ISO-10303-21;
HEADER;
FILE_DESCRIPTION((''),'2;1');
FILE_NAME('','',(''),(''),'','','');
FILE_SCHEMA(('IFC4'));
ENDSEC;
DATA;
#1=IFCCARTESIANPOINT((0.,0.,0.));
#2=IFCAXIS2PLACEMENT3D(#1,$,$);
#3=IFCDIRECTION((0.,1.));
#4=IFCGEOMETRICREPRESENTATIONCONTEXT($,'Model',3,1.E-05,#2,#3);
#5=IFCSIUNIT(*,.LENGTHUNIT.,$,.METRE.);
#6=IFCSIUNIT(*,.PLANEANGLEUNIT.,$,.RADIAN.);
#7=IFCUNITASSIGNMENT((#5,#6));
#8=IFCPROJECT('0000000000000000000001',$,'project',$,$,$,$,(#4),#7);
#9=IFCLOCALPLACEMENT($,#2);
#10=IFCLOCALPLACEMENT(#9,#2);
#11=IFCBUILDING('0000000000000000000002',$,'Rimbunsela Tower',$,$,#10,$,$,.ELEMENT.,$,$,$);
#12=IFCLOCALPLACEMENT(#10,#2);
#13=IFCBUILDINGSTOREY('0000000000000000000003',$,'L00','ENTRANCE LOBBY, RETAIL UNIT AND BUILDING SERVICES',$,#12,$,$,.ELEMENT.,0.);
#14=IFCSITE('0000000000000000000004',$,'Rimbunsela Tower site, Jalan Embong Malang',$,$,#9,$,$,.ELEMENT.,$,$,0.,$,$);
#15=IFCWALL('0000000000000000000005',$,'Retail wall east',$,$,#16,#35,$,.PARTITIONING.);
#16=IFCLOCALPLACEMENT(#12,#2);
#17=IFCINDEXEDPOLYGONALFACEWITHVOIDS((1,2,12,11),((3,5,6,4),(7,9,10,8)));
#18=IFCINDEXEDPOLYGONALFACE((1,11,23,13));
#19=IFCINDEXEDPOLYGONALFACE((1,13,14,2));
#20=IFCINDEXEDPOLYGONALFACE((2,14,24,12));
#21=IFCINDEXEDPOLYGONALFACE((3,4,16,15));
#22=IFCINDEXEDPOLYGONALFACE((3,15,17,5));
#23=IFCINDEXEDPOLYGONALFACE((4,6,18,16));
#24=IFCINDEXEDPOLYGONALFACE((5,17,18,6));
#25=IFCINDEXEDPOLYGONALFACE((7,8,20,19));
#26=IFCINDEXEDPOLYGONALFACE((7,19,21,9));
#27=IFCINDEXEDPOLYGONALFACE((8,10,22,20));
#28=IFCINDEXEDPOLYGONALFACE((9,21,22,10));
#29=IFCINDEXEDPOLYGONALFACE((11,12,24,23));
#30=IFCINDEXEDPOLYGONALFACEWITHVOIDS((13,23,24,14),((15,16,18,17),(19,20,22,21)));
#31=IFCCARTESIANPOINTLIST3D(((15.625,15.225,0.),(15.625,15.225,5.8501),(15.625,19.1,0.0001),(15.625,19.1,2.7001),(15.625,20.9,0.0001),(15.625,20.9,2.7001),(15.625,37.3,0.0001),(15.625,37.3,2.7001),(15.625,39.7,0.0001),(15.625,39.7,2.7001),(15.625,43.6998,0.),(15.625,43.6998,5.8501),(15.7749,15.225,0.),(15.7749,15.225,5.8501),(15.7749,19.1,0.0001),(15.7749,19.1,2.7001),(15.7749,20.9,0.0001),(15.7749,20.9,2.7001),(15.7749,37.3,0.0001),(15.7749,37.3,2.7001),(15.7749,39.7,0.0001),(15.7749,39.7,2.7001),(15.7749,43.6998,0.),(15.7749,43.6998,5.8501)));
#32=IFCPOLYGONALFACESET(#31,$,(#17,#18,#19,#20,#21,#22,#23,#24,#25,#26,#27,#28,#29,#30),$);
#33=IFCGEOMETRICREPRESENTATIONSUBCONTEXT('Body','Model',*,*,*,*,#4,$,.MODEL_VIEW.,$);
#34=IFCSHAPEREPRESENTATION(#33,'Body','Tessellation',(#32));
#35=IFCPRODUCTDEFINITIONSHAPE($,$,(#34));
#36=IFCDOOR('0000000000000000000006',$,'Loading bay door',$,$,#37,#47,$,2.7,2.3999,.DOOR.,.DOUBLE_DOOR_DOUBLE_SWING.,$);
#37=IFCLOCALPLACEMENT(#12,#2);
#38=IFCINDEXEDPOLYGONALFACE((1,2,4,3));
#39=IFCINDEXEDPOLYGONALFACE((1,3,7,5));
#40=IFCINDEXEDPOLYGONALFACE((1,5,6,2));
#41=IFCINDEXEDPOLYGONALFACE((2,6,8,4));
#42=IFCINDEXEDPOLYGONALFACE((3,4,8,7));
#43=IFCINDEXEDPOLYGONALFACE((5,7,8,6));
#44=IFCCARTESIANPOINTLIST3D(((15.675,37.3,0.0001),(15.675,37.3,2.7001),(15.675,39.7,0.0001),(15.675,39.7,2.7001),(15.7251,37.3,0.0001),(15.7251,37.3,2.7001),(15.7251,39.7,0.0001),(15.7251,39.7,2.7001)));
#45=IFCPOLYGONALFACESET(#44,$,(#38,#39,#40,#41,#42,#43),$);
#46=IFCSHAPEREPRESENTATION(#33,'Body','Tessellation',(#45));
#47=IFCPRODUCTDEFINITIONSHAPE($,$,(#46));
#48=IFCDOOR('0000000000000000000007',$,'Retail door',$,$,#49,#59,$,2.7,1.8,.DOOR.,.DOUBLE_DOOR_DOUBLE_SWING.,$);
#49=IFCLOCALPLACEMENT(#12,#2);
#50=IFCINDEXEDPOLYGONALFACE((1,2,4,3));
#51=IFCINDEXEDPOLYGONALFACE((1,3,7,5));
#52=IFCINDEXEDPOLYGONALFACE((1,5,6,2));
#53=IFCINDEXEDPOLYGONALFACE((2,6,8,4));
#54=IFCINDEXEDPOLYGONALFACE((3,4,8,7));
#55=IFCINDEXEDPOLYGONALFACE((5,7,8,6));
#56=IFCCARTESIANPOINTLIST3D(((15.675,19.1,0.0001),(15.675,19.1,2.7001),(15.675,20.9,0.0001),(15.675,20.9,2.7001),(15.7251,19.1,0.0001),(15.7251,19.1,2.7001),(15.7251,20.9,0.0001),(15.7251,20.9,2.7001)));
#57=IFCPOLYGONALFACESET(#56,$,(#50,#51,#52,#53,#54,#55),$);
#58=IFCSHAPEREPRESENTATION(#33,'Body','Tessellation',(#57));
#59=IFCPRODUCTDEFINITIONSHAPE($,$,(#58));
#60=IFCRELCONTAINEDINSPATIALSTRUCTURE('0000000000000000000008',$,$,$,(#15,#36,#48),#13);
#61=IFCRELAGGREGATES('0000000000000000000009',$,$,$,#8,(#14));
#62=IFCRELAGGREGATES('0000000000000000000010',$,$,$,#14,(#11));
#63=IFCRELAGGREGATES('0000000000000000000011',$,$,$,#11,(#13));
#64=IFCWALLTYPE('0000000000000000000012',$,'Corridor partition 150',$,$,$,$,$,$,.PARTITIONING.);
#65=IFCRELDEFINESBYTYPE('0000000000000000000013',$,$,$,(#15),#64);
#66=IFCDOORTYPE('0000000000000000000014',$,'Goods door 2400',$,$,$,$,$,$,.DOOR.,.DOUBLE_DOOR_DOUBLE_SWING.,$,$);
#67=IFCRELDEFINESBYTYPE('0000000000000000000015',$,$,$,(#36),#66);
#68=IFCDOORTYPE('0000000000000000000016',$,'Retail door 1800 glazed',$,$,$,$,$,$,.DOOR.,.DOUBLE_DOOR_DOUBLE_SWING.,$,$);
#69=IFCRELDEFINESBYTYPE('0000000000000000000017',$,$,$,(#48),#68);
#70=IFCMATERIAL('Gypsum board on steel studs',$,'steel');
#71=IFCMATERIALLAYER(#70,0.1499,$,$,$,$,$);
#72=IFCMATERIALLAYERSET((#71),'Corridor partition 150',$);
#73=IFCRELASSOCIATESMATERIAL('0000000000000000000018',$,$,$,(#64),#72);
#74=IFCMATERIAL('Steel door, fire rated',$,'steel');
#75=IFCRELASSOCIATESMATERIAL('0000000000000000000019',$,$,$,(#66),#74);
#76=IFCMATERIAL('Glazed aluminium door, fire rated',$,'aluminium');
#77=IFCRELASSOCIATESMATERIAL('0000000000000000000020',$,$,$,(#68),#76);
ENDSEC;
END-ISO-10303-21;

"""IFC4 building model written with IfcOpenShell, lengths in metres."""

from ifc_helpers import new_model, si_unit, direction, frame, frame_2d, origin, place, context, subcontext, project, spatial, rectangle, extrude, material, layer, layer_set, type_object, element, fill, save


model = new_model("IFC4")

# Units and contexts
model_context = context("Model", 3, precision=1e-05, world=origin(), true_north=direction((0.0, 1.0)))
body_context = subcontext(model_context, "Body", "Model", "MODEL_VIEW")
ifc_project = project(units=[si_unit("LENGTHUNIT", "METRE"), si_unit("PLANEANGLEUNIT", "RADIAN")], contexts=[model_context])

# Site, building, storey
site_placement = place(None, origin())
site = spatial("IfcSite", under=ifc_project, at=site_placement, Name="Rimbunsela Tower site, Jalan Embong Malang", CompositionType="ELEMENT", RefElevation=0.0)
building_placement = place(site_placement, origin())
building = spatial("IfcBuilding", under=site, at=building_placement, Name="Rimbunsela Tower", CompositionType="ELEMENT")
storey_placement = place(building_placement, origin())
storey = spatial("IfcBuildingStorey", under=building, at=storey_placement, Name="L00", Description="ENTRANCE LOBBY, RETAIL UNIT AND BUILDING SERVICES", CompositionType="ELEMENT", Elevation=0.0)

# Wall, openings, doors
ifc_material_1 = material(Name="Gypsum board on steel studs", Category="steel")
ifc_layer = layer(ifc_material_1, 0.1499)
ifc_layer_set = layer_set([ifc_layer], Name="Corridor partition 150")
wall_type = type_object("IfcWallType", Name="Corridor partition 150", PredefinedType="PARTITIONING", material=ifc_layer_set)
wall_placement = place(storey_placement, frame((15.7, 15.2251, 0.0), z_axis=(0.0, 0.0, 1.0), x_axis=(0.0, 1.0, 0.0)))
wall = element("IfcWall", 1, at=wall_placement, inside=storey, type_object=wall_type, Name="Retail wall east", PredefinedType="PARTITIONING", context=body_context, shape_type="SweptSolid", body=[
    extrude(rectangle(XDim=28.4749, YDim=0.1499, at=frame_2d((14.2373, 0.0))), origin(), (0.0, 0.0, 1.0), 5.8501),
])
opening_1_placement = place(wall_placement, frame((3.875, 0.0, 0.0)))
opening_1 = element("IfcOpeningElement", 2, at=opening_1_placement, cuts=wall, PredefinedType="OPENING", context=body_context, shape_type="SweptSolid", body=[
    extrude(rectangle(XDim=1.8, YDim=2.7, at=frame_2d((0.8999, 1.3501))), frame((0.0, 0.085, 0.0), z_axis=(0.0, -1.0, 0.0), x_axis=(1.0, 0.0, 0.0)), (0.0, 0.0, 1.0), 0.1699),
])
opening_2_placement = place(wall_placement, frame((22.075, 0.0, 0.0)))
opening_2 = element("IfcOpeningElement", 3, at=opening_2_placement, cuts=wall, PredefinedType="OPENING", context=body_context, shape_type="SweptSolid", body=[
    extrude(rectangle(XDim=2.3999, YDim=2.7, at=frame_2d((1.2, 1.3501))), frame((0.0, 0.085, 0.0), z_axis=(0.0, -1.0, 0.0), x_axis=(1.0, 0.0, 0.0)), (0.0, 0.0, 1.0), 0.1699),
])
ifc_material_2 = material(Name="Steel door, fire rated", Category="steel")
door_type_1 = type_object("IfcDoorType", Name="Goods door 2400", OperationType="DOUBLE_DOOR_DOUBLE_SWING", PredefinedType="DOOR", material=ifc_material_2)
door_1_placement = place(opening_2_placement, origin())
door_1 = element("IfcDoor", 4, at=door_1_placement, inside=storey, type_object=door_type_1, Name="Loading bay door", OperationType="DOUBLE_DOOR_DOUBLE_SWING", OverallHeight=2.7, OverallWidth=2.3999, PredefinedType="DOOR", context=body_context, shape_type="SweptSolid", body=[
    extrude(rectangle(XDim=2.3999, YDim=2.7, at=frame_2d((1.2, 1.3501))), frame((0.0, 0.0249, 0.0), z_axis=(0.0, -1.0, 0.0), x_axis=(1.0, 0.0, 0.0)), (0.0, 0.0, 1.0), 0.05),
])
fill(opening_2, door_1)
ifc_material_3 = material(Name="Glazed aluminium door, fire rated", Category="aluminium")
door_type_2 = type_object("IfcDoorType", Name="Retail door 1800 glazed", OperationType="DOUBLE_DOOR_DOUBLE_SWING", PredefinedType="DOOR", material=ifc_material_3)
door_2_placement = place(opening_1_placement, origin())
door_2 = element("IfcDoor", 5, at=door_2_placement, inside=storey, type_object=door_type_2, Name="Retail door", OperationType="DOUBLE_DOOR_DOUBLE_SWING", OverallHeight=2.7, OverallWidth=1.8, PredefinedType="DOOR", context=body_context, shape_type="SweptSolid", body=[
    extrude(rectangle(XDim=1.8, YDim=2.7, at=frame_2d((0.8999, 1.3501))), frame((0.0, 0.0249, 0.0), z_axis=(0.0, -1.0, 0.0), x_axis=(1.0, 0.0, 0.0)), (0.0, 0.0, 1.0), 0.05),
])
fill(opening_1, door_2)

save(model, "model.ifc")
